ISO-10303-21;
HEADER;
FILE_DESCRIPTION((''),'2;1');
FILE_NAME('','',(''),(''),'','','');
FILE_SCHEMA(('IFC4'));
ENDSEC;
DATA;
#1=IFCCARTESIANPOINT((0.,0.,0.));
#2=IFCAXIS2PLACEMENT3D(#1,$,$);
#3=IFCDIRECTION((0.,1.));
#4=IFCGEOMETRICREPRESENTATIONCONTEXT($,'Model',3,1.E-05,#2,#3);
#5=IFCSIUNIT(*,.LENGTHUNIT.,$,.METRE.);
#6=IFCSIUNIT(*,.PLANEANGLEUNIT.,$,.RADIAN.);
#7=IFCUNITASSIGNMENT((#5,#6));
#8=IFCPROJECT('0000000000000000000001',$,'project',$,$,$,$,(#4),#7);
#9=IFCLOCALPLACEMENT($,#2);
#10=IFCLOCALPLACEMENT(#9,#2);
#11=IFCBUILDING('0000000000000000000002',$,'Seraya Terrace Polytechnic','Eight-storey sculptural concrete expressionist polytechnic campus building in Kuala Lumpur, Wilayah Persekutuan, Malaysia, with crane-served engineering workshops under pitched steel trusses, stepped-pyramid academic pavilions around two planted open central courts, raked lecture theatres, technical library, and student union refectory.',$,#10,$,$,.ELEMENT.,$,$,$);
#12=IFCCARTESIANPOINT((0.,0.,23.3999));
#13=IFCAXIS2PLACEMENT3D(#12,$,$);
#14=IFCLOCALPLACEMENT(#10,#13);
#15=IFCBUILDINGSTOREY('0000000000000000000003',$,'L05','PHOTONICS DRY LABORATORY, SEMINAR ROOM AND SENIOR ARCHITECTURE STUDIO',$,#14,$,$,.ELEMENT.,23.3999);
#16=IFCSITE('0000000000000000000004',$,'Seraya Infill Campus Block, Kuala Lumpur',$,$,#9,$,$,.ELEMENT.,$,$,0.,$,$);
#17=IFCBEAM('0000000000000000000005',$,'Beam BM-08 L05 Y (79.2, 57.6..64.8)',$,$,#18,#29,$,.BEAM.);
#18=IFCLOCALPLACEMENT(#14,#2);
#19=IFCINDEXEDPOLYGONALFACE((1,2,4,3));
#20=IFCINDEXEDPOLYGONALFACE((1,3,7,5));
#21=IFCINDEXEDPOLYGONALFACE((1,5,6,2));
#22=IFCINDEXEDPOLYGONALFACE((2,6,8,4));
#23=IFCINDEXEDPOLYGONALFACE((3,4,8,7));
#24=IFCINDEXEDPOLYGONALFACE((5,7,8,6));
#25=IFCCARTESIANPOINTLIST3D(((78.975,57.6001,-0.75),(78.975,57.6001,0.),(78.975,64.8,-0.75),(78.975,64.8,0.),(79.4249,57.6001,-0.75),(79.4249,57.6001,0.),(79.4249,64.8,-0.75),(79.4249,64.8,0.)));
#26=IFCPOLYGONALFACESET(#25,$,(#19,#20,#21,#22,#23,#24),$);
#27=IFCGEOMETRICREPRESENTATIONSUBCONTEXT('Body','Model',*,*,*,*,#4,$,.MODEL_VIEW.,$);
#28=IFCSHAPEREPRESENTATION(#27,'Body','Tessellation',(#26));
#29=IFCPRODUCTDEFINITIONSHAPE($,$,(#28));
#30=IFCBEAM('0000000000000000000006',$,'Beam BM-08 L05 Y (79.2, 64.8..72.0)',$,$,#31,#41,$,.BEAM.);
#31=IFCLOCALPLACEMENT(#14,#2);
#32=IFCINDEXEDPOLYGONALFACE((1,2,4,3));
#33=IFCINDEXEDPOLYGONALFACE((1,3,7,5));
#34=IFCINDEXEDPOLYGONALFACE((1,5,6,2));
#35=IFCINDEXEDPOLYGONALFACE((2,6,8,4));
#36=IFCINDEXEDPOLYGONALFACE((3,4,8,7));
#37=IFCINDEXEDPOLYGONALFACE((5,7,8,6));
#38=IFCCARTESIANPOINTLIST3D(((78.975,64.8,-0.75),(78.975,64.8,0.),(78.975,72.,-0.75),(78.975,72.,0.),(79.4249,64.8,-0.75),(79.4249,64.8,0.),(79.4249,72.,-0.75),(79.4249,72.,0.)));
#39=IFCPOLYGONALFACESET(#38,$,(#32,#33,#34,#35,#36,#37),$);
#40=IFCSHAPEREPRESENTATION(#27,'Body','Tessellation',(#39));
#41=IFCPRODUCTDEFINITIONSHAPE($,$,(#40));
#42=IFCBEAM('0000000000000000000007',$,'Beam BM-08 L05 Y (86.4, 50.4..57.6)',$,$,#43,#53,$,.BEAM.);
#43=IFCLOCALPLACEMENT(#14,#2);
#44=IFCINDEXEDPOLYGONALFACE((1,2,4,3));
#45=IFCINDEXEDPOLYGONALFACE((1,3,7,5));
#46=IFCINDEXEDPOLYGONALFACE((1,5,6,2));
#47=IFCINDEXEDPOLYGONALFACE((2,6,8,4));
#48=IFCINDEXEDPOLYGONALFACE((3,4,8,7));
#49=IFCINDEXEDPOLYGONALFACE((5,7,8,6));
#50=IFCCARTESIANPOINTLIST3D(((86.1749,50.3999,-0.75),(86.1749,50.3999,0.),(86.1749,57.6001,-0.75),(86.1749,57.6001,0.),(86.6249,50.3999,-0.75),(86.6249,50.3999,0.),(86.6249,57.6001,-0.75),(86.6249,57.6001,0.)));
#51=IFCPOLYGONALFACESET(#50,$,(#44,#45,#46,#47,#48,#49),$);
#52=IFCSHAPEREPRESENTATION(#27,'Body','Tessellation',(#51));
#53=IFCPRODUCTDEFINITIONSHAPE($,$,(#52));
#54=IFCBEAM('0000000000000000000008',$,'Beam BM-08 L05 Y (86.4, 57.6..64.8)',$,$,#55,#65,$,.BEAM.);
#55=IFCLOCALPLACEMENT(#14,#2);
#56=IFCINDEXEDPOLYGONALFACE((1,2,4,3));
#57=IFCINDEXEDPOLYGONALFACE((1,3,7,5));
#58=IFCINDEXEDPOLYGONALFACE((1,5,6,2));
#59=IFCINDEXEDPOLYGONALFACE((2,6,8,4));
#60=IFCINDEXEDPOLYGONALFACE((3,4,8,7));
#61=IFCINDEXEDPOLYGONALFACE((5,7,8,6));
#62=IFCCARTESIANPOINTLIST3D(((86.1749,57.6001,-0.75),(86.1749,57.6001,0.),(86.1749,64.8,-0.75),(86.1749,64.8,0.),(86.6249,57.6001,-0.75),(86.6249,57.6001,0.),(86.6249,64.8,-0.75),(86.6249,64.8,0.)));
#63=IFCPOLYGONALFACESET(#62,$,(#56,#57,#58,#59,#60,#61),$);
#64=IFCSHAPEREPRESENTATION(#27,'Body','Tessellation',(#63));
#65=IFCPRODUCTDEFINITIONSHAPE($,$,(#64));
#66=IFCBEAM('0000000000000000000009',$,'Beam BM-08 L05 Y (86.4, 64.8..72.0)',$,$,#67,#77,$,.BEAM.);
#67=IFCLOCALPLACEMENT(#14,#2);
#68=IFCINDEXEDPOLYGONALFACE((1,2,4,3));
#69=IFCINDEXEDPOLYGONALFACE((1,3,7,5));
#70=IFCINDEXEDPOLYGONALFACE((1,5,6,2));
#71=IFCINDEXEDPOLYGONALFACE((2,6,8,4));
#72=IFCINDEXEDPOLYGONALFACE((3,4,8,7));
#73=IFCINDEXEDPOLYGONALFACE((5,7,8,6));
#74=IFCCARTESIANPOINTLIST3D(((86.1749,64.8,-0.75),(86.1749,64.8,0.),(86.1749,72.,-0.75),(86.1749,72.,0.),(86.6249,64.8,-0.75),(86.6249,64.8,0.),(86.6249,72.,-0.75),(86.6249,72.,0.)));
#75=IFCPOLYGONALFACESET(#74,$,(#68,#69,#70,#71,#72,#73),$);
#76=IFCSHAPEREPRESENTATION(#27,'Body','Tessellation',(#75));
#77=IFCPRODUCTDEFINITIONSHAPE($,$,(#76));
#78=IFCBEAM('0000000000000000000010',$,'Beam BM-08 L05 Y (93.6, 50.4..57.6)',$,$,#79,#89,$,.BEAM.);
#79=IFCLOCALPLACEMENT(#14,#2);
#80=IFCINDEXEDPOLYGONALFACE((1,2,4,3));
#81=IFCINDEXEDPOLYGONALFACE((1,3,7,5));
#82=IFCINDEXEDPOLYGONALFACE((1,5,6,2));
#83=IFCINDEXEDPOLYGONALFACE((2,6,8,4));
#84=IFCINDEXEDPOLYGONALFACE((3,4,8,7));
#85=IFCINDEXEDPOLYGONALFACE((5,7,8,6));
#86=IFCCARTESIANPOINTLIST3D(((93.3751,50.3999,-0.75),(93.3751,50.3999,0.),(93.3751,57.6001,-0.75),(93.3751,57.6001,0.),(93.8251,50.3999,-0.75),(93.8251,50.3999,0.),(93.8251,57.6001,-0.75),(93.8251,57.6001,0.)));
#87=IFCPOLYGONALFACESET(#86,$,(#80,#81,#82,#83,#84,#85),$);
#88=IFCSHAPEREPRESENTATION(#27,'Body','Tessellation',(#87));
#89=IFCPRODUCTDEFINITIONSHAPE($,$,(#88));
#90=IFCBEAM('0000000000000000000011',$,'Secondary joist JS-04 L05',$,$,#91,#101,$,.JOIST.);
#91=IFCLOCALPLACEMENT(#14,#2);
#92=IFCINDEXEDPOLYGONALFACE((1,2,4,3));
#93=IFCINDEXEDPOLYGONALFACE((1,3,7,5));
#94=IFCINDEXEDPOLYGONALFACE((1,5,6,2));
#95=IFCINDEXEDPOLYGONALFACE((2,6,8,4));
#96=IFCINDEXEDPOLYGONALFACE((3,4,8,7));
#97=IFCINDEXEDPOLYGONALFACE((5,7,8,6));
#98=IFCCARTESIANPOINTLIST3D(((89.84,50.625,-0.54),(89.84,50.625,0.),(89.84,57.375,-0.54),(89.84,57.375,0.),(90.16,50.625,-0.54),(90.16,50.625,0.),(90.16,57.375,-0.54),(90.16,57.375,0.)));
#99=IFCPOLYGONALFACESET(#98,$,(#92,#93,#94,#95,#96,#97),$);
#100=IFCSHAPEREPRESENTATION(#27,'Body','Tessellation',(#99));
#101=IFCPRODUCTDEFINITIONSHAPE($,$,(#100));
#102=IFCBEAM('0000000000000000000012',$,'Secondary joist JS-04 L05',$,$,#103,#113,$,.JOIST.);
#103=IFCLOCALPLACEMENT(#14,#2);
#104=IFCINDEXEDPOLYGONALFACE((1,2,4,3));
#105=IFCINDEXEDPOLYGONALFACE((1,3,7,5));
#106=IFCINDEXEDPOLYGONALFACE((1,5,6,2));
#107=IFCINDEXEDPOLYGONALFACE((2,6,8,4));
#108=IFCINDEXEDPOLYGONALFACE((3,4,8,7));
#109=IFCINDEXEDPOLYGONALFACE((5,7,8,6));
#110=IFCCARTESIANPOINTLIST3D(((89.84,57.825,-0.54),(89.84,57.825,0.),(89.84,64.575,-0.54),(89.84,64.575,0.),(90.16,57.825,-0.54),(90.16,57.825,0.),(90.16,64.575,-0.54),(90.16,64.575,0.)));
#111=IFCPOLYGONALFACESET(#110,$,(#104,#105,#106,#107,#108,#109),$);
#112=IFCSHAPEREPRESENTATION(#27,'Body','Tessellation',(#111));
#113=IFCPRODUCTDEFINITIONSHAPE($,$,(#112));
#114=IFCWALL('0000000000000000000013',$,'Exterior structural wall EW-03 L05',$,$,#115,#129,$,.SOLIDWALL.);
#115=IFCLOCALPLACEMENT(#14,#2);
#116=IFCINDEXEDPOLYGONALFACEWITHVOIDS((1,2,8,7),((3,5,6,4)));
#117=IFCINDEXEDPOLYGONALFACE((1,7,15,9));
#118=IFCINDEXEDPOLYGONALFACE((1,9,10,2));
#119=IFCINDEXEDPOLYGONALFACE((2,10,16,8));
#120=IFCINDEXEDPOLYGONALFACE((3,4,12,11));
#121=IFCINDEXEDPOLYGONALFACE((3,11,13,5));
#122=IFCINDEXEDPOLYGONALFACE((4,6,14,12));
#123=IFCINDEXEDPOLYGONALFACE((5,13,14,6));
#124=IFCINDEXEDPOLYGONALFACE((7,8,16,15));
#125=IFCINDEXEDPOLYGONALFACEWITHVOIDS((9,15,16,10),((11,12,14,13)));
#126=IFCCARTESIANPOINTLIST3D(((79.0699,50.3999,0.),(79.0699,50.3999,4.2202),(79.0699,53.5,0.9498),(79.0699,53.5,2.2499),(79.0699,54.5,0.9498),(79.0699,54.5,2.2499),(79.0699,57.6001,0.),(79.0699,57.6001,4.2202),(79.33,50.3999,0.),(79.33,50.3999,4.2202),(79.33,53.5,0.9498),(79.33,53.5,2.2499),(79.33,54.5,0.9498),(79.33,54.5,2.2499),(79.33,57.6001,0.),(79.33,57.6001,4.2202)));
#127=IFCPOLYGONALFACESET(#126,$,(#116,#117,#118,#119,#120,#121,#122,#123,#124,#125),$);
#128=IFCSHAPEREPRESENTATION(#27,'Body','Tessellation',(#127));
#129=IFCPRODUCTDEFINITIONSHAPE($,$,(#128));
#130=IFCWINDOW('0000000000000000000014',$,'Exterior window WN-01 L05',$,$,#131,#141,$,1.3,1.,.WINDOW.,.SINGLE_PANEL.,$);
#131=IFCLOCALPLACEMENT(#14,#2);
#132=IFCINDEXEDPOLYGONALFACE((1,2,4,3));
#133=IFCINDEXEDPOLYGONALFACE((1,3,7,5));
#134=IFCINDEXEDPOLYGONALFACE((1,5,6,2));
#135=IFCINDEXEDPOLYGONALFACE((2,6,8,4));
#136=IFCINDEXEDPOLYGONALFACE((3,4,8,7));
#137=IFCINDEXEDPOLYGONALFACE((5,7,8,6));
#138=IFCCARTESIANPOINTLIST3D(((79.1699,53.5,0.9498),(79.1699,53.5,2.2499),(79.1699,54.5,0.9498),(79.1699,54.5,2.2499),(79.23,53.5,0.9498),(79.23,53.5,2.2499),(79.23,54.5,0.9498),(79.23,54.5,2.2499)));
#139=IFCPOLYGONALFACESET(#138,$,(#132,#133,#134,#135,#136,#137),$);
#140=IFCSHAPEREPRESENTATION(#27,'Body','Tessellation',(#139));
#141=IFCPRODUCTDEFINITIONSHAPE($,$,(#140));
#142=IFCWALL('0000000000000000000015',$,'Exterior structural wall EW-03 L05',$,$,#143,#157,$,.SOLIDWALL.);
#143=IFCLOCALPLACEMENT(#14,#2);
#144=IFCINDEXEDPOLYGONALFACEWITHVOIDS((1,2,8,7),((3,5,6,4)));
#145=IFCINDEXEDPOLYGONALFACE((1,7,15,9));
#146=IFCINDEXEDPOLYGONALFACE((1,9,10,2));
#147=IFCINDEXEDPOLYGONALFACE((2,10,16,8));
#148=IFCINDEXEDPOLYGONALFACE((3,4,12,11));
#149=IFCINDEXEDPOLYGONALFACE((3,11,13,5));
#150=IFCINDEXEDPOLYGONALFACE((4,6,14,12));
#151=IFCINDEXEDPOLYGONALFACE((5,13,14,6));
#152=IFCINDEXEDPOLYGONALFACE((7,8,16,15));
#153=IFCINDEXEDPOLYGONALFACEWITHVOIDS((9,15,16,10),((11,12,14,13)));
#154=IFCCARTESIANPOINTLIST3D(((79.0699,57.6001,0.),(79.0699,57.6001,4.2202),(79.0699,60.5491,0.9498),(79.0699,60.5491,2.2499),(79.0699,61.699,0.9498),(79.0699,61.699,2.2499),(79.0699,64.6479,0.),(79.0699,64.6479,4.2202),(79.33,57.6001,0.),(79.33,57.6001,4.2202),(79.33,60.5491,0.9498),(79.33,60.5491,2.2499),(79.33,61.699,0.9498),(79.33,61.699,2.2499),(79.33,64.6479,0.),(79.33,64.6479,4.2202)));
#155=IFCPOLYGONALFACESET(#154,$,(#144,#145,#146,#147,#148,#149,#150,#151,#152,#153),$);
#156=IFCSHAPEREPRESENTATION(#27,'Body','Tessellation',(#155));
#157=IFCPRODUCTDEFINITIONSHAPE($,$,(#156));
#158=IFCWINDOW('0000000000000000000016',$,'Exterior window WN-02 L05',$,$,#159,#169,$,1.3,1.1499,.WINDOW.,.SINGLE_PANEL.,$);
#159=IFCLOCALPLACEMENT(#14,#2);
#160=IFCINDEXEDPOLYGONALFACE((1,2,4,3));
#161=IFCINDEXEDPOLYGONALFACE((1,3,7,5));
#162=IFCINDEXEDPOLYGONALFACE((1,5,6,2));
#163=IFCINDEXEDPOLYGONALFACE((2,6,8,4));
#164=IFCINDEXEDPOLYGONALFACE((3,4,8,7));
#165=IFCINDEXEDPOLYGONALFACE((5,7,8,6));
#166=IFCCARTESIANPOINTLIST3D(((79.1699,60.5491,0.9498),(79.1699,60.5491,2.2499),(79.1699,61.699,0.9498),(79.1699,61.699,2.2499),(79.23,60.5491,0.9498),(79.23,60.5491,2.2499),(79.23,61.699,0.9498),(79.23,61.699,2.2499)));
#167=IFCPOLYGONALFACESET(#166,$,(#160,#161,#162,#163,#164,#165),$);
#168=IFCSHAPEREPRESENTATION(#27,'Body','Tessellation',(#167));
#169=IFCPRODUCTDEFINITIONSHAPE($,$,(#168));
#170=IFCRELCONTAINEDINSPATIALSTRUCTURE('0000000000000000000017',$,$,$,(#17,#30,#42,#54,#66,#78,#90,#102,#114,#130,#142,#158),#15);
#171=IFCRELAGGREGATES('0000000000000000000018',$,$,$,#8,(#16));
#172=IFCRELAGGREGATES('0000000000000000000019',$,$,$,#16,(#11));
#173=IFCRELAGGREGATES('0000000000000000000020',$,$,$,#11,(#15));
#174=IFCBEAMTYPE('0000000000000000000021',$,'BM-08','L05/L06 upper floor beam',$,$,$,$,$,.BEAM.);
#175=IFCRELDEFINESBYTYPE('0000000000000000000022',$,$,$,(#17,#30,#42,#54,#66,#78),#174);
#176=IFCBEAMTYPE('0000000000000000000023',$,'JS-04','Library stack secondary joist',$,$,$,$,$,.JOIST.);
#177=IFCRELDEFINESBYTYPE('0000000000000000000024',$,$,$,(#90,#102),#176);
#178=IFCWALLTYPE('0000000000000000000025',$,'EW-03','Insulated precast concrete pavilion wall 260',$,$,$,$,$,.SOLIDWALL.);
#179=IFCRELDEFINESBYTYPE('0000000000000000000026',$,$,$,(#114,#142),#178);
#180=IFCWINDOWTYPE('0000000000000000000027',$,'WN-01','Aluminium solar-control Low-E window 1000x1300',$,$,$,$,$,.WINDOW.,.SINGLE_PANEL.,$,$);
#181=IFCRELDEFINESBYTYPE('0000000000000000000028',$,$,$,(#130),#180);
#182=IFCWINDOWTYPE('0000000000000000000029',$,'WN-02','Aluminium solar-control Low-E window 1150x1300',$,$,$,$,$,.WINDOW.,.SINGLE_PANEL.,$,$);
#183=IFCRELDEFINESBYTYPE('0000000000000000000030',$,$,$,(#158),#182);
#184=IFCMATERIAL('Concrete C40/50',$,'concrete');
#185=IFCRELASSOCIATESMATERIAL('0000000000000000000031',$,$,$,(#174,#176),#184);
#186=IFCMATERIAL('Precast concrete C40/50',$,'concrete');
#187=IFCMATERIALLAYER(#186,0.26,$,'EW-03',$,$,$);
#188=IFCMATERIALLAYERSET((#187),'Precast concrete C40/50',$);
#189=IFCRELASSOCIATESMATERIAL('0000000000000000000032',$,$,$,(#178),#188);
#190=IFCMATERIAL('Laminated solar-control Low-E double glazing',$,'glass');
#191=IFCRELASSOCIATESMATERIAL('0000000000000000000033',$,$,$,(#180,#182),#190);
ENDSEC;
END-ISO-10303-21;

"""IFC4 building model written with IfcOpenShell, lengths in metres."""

from ifc_helpers import new_model, si_unit, direction, frame, frame_2d, origin, origin_2d, place, context, subcontext, project, spatial, rectangle, extrude, material, layer, layer_set, material_profile, profile_set, type_object, element, fill, save


model = new_model("IFC4")

# Units and contexts
model_context = context("Model", 3, precision=1e-05, world=origin(), true_north=direction((0.0, 1.0)))
body_context = subcontext(model_context, "Body", "Model", "MODEL_VIEW")
ifc_project = project(units=[si_unit("LENGTHUNIT", "METRE"), si_unit("PLANEANGLEUNIT", "RADIAN")], contexts=[model_context])

# Site, building, storey
site_placement = place(None, origin())
site = spatial("IfcSite", under=ifc_project, at=site_placement, Name="Seraya Infill Campus Block, Kuala Lumpur", CompositionType="ELEMENT", RefElevation=0.0)
building_placement = place(site_placement, origin())
building = spatial("IfcBuilding", under=site, at=building_placement, Name="Seraya Terrace Polytechnic", Description="Eight-storey sculptural concrete expressionist polytechnic campus building in Kuala Lumpur, Wilayah Persekutuan, Malaysia, with crane-served engineering workshops under pitched steel trusses, stepped-pyramid academic pavilions around two planted open central courts, raked lecture theatres, technical library, and student union refectory.", CompositionType="ELEMENT")
storey_placement = place(building_placement, frame((0.0, 0.0, 23.3999)))
storey = spatial("IfcBuildingStorey", under=building, at=storey_placement, Name="L05", Description="PHOTONICS DRY LABORATORY, SEMINAR ROOM AND SENIOR ARCHITECTURE STUDIO", CompositionType="ELEMENT", Elevation=23.3999)

# Shared definitions
ifc_material_1 = material(Name="Concrete C40/50", Category="concrete")

# Beams
ifc_material_profile_1 = material_profile(ifc_material_1, rectangle(XDim=0.45, YDim=0.75, at=origin_2d()), Name="RC 450x750")
ifc_profile_set_1 = profile_set([ifc_material_profile_1], Name="Concrete C40/50")
beam_type_1 = type_object("IfcBeamType", Name="BM-08", Description="L05/L06 upper floor beam", PredefinedType="BEAM", material=ifc_profile_set_1)
for number, where, z_axis, x_axis, name in (
    (1, (79.2, 57.6001, -0.375), (0.0, 1.0, 0.0), (-1.0, 0.0, 0.0), "Beam BM-08 L05 Y (79.2, 57.6..64.8)"),
    (2, (79.2, 64.8, -0.375), (0.0, 1.0, 0.0), (-1.0, 0.0, 0.0), "Beam BM-08 L05 Y (79.2, 64.8..72.0)"),
):
    element("IfcBeam", number, at=place(storey_placement, frame(where, z_axis=z_axis, x_axis=x_axis)), inside=storey, type_object=beam_type_1, Name=name, PredefinedType="BEAM", context=body_context, shape_type="SweptSolid", body=[
        extrude(rectangle(XDim=0.45, YDim=0.75, at=origin_2d()), origin(), (0.0, 0.0, 1.0), 7.2),
    ])
beam_1_placement = place(storey_placement, frame((86.3999, 50.3999, -0.375), z_axis=(0.0, 1.0, 0.0), x_axis=(-1.0, 0.0, 0.0)))
element("IfcBeam", 3, at=beam_1_placement, inside=storey, type_object=beam_type_1, Name="Beam BM-08 L05 Y (86.4, 50.4..57.6)", PredefinedType="BEAM", context=body_context, shape_type="SweptSolid", body=[
    extrude(rectangle(XDim=0.45, YDim=0.75, at=origin_2d()), origin(), (0.0, 0.0, 1.0), 7.2002),
])
for number, where, z_axis, x_axis, name in (
    (4, (86.3999, 57.6001, -0.375), (0.0, 1.0, 0.0), (-1.0, 0.0, 0.0), "Beam BM-08 L05 Y (86.4, 57.6..64.8)"),
    (5, (86.3999, 64.8, -0.375), (0.0, 1.0, 0.0), (-1.0, 0.0, 0.0), "Beam BM-08 L05 Y (86.4, 64.8..72.0)"),
):
    element("IfcBeam", number, at=place(storey_placement, frame(where, z_axis=z_axis, x_axis=x_axis)), inside=storey, type_object=beam_type_1, Name=name, PredefinedType="BEAM", context=body_context, shape_type="SweptSolid", body=[
        extrude(rectangle(XDim=0.45, YDim=0.75, at=origin_2d()), origin(), (0.0, 0.0, 1.0), 7.2),
    ])
beam_2_placement = place(storey_placement, frame((93.6001, 50.3999, -0.375), z_axis=(0.0, 1.0, 0.0), x_axis=(-1.0, 0.0, 0.0)))
element("IfcBeam", 6, at=beam_2_placement, inside=storey, type_object=beam_type_1, Name="Beam BM-08 L05 Y (93.6, 50.4..57.6)", PredefinedType="BEAM", context=body_context, shape_type="SweptSolid", body=[
    extrude(rectangle(XDim=0.45, YDim=0.75, at=origin_2d()), origin(), (0.0, 0.0, 1.0), 7.2002),
])
ifc_material_profile_2 = material_profile(ifc_material_1, rectangle(XDim=0.3201, YDim=0.54, at=origin_2d()), Name="RC 320x540")
ifc_profile_set_2 = profile_set([ifc_material_profile_2], Name="Concrete C40/50")
beam_type_2 = type_object("IfcBeamType", Name="JS-04", Description="Library stack secondary joist", PredefinedType="JOIST", material=ifc_profile_set_2)
for number, where, z_axis, x_axis, name in (
    (7, (90.0, 50.625, -0.27), (0.0, 1.0, 0.0), (-1.0, 0.0, 0.0), "Secondary joist JS-04 L05"),
    (8, (90.0, 57.825, -0.27), (0.0, 1.0, 0.0), (-1.0, 0.0, 0.0), "Secondary joist JS-04 L05"),
):
    element("IfcBeam", number, at=place(storey_placement, frame(where, z_axis=z_axis, x_axis=x_axis)), inside=storey, type_object=beam_type_2, Name=name, PredefinedType="JOIST", context=body_context, shape_type="SweptSolid", body=[
        extrude(rectangle(XDim=0.3201, YDim=0.54, at=origin_2d()), origin(), (0.0, 0.0, 1.0), 6.75),
    ])

# Walls, openings, windows
ifc_material_2 = material(Name="Precast concrete C40/50", Category="concrete")
ifc_layer_1 = layer(ifc_material_2, 0.26, Name="EW-03")
ifc_layer_set_1 = layer_set([ifc_layer_1], Name="Precast concrete C40/50")
wall_type_1 = type_object("IfcWallType", Name="EW-03", Description="Insulated precast concrete pavilion wall 260", PredefinedType="SOLIDWALL", material=ifc_layer_set_1)
wall_1_placement = place(storey_placement, frame((79.2, 50.3999, 0.0), z_axis=(0.0, 0.0, 1.0), x_axis=(0.0, 1.0, 0.0)))
wall_1 = element("IfcWall", 9, at=wall_1_placement, inside=storey, type_object=wall_type_1, Name="Exterior structural wall EW-03 L05", PredefinedType="SOLIDWALL", context=body_context, shape_type="SweptSolid", body=[
    extrude(rectangle(XDim=7.2002, YDim=0.26, at=frame_2d((3.6001, 0.0))), origin(), (0.0, 0.0, 1.0), 4.2202),
])
opening_1_placement = place(wall_1_placement, frame((3.1001, 0.0, 0.95)))
opening_1 = element("IfcOpeningElement", 10, at=opening_1_placement, cuts=wall_1, PredefinedType="OPENING", context=body_context, shape_type="SweptSolid", body=[
    extrude(rectangle(XDim=1.0, YDim=1.3, at=frame_2d((0.5, 0.6499))), frame((0.0, 0.1421, 0.0), z_axis=(0.0, -1.0, 0.0), x_axis=(1.0, 0.0, 0.0)), (0.0, 0.0, 1.0), 0.2839),
])
ifc_material_3 = material(Name="Laminated solar-control Low-E double glazing", Category="glass")
window_type_1 = type_object("IfcWindowType", Name="WN-01", Description="Aluminium solar-control Low-E window 1000x1300", PartitioningType="SINGLE_PANEL", PredefinedType="WINDOW", material=ifc_material_3)
window_1_placement = place(opening_1_placement, origin())
window_1 = element("IfcWindow", 11, at=window_1_placement, inside=storey, type_object=window_type_1, Name="Exterior window WN-01 L05", OverallHeight=1.3, OverallWidth=1.0, PartitioningType="SINGLE_PANEL", PredefinedType="WINDOW", context=body_context, shape_type="SweptSolid", body=[
    extrude(rectangle(XDim=1.0, YDim=1.3, at=frame_2d((0.5, 0.6499))), frame((0.0, 0.03, 0.0), z_axis=(0.0, -1.0, 0.0), x_axis=(1.0, 0.0, 0.0)), (0.0, 0.0, 1.0), 0.0601),
])
fill(opening_1, window_1)
wall_2_placement = place(storey_placement, frame((79.2, 57.6001, 0.0), z_axis=(0.0, 0.0, 1.0), x_axis=(0.0, 1.0, 0.0)))
wall_2 = element("IfcWall", 12, at=wall_2_placement, inside=storey, type_object=wall_type_1, Name="Exterior structural wall EW-03 L05", PredefinedType="SOLIDWALL", context=body_context, shape_type="SweptSolid", body=[
    extrude(rectangle(XDim=7.0479, YDim=0.26, at=frame_2d((3.5239, 0.0))), origin(), (0.0, 0.0, 1.0), 4.2202),
])
opening_2_placement = place(wall_2_placement, frame((2.949, 0.0, 0.95)))
opening_2 = element("IfcOpeningElement", 13, at=opening_2_placement, cuts=wall_2, PredefinedType="OPENING", context=body_context, shape_type="SweptSolid", body=[
    extrude(rectangle(XDim=1.1499, YDim=1.3, at=frame_2d((0.575, 0.6499))), frame((0.0, 0.1421, 0.0), z_axis=(0.0, -1.0, 0.0), x_axis=(1.0, 0.0, 0.0)), (0.0, 0.0, 1.0), 0.2839),
])
window_type_2 = type_object("IfcWindowType", Name="WN-02", Description="Aluminium solar-control Low-E window 1150x1300", PartitioningType="SINGLE_PANEL", PredefinedType="WINDOW", material=ifc_material_3)
window_2_placement = place(opening_2_placement, origin())
window_2 = element("IfcWindow", 14, at=window_2_placement, inside=storey, type_object=window_type_2, Name="Exterior window WN-02 L05", OverallHeight=1.3, OverallWidth=1.1499, PartitioningType="SINGLE_PANEL", PredefinedType="WINDOW", context=body_context, shape_type="SweptSolid", body=[
    extrude(rectangle(XDim=1.1499, YDim=1.3, at=frame_2d((0.575, 0.6499))), frame((0.0, 0.03, 0.0), z_axis=(0.0, -1.0, 0.0), x_axis=(1.0, 0.0, 0.0)), (0.0, 0.0, 1.0), 0.0601),
])
fill(opening_2, window_2)

save(model, "model.ifc")
